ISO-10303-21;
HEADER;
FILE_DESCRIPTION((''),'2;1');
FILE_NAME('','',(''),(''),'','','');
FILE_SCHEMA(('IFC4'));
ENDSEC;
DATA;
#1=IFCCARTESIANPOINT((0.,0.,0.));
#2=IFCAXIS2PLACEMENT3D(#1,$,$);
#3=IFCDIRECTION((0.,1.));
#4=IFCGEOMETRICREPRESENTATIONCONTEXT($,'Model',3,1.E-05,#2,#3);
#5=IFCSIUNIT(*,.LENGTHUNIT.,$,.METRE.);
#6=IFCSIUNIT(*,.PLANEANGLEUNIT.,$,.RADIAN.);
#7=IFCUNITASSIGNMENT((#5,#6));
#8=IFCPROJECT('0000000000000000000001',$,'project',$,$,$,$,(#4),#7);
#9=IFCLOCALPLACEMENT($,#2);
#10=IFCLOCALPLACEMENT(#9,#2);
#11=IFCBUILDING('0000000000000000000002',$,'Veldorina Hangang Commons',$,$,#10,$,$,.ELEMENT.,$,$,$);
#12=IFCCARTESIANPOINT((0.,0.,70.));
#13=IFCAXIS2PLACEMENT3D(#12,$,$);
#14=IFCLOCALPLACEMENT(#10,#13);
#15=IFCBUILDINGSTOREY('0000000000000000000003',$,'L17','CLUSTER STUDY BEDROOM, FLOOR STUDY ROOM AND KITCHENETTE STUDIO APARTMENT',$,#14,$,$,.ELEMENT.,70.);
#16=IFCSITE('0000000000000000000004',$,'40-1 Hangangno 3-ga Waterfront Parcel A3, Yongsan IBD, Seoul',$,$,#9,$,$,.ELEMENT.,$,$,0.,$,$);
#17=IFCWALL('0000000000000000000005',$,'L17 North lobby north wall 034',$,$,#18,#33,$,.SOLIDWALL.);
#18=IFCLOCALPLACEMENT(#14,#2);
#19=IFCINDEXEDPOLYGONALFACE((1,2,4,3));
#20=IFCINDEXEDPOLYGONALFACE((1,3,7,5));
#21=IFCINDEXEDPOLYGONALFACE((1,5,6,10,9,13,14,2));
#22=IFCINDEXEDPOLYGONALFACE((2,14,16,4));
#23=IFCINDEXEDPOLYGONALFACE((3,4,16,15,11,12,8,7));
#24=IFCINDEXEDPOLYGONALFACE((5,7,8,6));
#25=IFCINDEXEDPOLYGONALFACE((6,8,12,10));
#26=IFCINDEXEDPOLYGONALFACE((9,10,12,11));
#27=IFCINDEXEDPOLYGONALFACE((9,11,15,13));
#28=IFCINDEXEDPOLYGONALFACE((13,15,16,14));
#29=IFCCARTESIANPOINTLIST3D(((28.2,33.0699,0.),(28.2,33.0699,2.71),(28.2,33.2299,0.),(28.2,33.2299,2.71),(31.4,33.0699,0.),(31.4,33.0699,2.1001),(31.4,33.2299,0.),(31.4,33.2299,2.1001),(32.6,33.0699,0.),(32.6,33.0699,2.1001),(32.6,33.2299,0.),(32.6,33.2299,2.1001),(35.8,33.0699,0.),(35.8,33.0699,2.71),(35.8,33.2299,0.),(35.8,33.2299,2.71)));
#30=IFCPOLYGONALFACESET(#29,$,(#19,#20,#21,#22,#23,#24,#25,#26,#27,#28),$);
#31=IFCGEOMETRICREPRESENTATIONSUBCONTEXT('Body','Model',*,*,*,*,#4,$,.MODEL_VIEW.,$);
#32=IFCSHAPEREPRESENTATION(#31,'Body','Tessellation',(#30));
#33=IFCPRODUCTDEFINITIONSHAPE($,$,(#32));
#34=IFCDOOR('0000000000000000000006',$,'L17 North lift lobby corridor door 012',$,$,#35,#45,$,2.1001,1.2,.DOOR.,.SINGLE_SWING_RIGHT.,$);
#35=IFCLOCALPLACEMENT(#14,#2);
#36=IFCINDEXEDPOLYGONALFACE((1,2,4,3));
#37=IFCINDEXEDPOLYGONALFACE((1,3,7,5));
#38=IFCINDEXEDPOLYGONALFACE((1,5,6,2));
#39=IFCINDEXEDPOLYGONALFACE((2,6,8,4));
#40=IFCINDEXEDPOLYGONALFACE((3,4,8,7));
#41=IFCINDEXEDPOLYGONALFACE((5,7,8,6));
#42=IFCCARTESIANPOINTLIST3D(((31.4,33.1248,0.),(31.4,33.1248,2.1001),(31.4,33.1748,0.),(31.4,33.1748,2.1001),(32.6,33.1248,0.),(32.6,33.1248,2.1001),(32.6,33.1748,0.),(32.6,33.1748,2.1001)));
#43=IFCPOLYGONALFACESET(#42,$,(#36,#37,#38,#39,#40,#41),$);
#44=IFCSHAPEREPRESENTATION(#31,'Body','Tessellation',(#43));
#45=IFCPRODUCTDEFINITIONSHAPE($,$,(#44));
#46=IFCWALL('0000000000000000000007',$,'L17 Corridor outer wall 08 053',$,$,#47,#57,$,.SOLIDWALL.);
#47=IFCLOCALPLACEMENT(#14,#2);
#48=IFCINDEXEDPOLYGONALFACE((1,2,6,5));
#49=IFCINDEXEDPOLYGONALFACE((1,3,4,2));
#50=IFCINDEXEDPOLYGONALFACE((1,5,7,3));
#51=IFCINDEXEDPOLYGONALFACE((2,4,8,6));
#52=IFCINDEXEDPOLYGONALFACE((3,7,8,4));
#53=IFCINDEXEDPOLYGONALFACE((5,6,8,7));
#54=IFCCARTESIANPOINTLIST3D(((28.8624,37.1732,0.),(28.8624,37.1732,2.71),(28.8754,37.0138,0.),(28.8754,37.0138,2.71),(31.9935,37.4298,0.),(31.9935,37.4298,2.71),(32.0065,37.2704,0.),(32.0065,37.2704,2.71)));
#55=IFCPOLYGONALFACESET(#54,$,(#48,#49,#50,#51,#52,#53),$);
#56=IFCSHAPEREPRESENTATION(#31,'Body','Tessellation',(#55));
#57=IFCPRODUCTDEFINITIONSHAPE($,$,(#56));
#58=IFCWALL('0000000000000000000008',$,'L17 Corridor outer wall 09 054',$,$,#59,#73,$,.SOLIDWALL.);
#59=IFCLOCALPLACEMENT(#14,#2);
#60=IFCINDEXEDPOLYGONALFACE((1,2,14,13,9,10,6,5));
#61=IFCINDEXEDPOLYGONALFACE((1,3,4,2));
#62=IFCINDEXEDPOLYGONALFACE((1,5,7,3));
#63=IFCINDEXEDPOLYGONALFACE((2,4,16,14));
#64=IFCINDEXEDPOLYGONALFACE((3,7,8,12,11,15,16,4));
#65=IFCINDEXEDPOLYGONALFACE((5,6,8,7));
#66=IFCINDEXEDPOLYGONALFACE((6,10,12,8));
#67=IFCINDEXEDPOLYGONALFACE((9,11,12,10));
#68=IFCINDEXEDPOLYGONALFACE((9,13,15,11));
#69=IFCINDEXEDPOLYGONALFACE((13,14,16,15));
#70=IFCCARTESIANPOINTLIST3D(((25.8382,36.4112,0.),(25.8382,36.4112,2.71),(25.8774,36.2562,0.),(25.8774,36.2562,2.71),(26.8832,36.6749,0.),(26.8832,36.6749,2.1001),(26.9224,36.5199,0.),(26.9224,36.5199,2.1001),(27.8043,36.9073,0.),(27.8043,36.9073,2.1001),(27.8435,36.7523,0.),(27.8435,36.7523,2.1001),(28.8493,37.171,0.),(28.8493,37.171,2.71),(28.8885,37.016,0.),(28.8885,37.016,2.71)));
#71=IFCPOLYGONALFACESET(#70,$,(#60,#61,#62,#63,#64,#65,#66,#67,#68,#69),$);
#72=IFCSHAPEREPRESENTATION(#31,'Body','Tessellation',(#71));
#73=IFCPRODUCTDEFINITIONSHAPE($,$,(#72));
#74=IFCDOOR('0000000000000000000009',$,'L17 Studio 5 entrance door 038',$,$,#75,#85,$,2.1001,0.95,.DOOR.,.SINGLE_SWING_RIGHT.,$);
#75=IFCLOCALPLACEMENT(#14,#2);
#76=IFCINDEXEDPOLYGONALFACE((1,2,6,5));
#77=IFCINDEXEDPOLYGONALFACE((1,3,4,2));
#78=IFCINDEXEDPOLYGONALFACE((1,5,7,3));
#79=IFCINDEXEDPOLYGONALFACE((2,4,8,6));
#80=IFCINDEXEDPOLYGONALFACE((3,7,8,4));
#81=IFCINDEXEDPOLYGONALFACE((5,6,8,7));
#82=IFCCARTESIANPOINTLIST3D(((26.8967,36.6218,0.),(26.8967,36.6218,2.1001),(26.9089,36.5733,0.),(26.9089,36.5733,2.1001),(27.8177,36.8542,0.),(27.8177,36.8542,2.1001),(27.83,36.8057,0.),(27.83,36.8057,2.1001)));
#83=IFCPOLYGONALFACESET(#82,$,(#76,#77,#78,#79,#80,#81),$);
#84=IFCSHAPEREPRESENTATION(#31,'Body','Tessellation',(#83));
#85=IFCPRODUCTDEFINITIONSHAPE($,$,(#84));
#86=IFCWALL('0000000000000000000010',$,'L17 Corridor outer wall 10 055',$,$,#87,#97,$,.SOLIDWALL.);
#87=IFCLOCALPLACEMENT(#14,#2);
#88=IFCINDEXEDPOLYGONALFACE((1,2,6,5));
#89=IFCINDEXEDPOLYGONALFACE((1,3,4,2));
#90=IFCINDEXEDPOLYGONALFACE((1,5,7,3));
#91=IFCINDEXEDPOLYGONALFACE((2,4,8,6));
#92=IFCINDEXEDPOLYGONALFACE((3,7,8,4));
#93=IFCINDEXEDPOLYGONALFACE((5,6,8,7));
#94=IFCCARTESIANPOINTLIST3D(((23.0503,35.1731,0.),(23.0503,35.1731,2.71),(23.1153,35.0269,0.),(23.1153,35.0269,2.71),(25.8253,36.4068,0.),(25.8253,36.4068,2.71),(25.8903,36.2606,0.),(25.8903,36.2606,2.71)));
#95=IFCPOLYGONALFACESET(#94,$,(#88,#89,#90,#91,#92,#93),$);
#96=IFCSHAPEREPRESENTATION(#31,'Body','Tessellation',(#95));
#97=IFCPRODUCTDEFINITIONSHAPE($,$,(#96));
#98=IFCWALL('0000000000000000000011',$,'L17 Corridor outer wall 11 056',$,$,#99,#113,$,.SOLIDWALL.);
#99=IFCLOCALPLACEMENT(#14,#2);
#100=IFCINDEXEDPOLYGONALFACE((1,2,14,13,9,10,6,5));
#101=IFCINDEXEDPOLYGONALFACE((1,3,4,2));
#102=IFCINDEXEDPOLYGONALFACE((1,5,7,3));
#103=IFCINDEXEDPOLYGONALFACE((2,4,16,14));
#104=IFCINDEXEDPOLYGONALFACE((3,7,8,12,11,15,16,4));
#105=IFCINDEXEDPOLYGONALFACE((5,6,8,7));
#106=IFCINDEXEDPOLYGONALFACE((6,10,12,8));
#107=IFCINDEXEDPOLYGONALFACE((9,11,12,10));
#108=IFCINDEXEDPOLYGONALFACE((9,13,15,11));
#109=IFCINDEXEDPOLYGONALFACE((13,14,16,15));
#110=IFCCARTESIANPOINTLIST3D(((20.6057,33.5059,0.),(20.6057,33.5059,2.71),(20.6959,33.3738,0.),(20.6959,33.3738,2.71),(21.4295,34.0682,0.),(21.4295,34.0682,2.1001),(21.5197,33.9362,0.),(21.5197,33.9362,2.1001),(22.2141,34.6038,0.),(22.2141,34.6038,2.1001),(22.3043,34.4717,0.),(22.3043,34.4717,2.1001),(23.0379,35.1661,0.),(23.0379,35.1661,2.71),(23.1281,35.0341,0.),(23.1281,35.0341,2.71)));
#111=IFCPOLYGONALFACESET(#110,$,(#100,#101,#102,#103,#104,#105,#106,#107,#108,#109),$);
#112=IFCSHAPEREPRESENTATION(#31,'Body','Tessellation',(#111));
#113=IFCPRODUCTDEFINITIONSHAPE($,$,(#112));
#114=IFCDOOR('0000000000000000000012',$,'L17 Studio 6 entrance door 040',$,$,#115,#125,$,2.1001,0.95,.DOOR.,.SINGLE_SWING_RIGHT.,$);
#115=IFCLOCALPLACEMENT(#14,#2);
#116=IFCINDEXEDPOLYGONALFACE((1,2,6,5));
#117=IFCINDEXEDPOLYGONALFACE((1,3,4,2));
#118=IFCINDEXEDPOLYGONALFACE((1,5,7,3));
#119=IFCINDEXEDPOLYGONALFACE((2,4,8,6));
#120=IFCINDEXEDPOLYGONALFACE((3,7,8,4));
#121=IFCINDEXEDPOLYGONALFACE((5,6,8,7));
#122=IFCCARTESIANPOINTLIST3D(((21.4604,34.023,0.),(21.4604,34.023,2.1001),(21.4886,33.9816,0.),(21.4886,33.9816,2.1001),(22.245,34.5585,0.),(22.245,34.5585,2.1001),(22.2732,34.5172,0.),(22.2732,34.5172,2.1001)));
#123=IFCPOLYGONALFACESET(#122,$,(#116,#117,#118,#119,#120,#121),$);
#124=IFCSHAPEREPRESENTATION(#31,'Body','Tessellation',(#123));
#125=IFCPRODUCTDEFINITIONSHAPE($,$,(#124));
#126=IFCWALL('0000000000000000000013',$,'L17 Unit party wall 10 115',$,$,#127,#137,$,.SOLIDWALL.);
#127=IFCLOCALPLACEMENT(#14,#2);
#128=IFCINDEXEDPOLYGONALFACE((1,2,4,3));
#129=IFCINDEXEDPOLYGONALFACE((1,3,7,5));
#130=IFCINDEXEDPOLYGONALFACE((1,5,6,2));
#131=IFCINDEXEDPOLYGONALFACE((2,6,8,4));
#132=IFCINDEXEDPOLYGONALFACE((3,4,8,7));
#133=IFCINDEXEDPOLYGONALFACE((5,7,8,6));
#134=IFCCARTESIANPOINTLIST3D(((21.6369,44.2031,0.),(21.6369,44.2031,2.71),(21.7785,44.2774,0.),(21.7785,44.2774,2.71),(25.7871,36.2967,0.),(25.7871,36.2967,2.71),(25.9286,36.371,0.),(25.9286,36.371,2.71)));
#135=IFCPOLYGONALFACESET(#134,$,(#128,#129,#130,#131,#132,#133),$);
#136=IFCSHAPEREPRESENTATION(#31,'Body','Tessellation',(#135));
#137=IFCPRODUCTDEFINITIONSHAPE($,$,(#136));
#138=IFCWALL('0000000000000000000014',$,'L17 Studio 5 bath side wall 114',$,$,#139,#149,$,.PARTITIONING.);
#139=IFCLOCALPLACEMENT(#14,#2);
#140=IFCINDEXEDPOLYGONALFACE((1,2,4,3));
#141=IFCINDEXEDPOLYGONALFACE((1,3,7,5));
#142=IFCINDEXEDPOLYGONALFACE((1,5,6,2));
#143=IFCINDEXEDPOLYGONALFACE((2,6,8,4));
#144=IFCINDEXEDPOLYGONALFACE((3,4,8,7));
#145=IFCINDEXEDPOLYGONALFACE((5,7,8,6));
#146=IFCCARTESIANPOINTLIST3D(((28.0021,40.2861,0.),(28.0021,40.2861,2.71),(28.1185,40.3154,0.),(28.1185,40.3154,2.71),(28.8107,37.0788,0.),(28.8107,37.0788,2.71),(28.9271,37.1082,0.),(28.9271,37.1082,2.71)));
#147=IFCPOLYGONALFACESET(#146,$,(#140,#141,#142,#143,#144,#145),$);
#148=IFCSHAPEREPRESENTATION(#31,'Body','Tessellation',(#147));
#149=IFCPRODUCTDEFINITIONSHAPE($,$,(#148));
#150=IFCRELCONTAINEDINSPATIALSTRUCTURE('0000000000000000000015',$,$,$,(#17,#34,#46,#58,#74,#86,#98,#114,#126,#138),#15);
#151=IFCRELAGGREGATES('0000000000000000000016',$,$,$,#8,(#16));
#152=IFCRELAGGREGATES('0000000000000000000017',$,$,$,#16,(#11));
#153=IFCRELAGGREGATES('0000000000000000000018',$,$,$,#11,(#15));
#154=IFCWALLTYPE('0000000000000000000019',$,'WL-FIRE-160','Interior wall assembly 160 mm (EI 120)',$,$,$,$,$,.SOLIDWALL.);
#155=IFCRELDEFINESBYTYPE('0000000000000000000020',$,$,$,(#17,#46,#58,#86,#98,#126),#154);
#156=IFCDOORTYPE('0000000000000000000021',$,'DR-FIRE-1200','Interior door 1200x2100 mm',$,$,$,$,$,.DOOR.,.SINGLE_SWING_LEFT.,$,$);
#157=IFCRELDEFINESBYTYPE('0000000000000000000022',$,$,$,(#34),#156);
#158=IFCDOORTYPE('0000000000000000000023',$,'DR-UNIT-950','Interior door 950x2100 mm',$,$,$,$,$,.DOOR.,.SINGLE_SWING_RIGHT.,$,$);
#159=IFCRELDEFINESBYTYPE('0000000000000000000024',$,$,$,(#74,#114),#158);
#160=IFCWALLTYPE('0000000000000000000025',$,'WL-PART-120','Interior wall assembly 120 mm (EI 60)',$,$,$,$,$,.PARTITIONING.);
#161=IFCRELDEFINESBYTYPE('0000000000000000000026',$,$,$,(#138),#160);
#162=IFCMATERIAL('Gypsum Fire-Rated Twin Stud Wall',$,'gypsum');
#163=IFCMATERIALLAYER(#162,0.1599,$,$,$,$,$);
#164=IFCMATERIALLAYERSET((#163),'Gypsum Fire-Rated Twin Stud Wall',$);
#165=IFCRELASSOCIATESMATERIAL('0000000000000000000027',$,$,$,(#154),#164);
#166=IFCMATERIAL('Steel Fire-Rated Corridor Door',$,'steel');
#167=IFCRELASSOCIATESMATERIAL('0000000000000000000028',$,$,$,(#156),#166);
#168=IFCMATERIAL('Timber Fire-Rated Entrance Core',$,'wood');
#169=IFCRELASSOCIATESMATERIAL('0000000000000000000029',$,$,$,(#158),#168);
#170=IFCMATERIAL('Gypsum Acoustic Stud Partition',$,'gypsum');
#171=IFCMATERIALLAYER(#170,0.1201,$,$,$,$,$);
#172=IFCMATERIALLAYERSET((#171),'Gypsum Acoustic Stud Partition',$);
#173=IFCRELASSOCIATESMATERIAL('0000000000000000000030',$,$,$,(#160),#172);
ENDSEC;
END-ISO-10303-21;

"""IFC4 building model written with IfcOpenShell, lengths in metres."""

from ifc_helpers import new_model, si_unit, direction, frame, frame_2d, origin, place, context, subcontext, project, spatial, rectangle, extrude, material, layer, layer_set, type_object, element, fill, save


model = new_model("IFC4")

# Units and contexts
model_context = context("Model", 3, precision=1e-05, world=origin(), true_north=direction((0.0, 1.0)))
body_context = subcontext(model_context, "Body", "Model", "MODEL_VIEW")
ifc_project = project(units=[si_unit("LENGTHUNIT", "METRE"), si_unit("PLANEANGLEUNIT", "RADIAN")], contexts=[model_context])

# Site, building, storey
site_placement = place(None, origin())
site = spatial("IfcSite", under=ifc_project, at=site_placement, Name="40-1 Hangangno 3-ga Waterfront Parcel A3, Yongsan IBD, Seoul", CompositionType="ELEMENT", RefElevation=0.0)
building_placement = place(site_placement, origin())
building = spatial("IfcBuilding", under=site, at=building_placement, Name="Veldorina Hangang Commons", CompositionType="ELEMENT")
storey_placement = place(building_placement, frame((0.0, 0.0, 70.0)))
storey = spatial("IfcBuildingStorey", under=building, at=storey_placement, Name="L17", Description="CLUSTER STUDY BEDROOM, FLOOR STUDY ROOM AND KITCHENETTE STUDIO APARTMENT", CompositionType="ELEMENT", Elevation=70.0)

# Wall, opening, door
ifc_material_1 = material(Name="Gypsum Fire-Rated Twin Stud Wall", Category="gypsum")
ifc_layer_1 = layer(ifc_material_1, 0.1599)
ifc_layer_set_1 = layer_set([ifc_layer_1], Name="Gypsum Fire-Rated Twin Stud Wall")
wall_type_1 = type_object("IfcWallType", Name="WL-FIRE-160", Description="Interior wall assembly 160 mm (EI 120)", PredefinedType="SOLIDWALL", material=ifc_layer_set_1)
wall_1_placement = place(storey_placement, frame((28.2, 33.1499, 0.0), z_axis=(0.0, 0.0, 1.0), x_axis=(1.0, 0.0, 0.0)))
wall_1 = element("IfcWall", 1, at=wall_1_placement, inside=storey, type_object=wall_type_1, Name="L17 North lobby north wall 034", PredefinedType="SOLIDWALL", context=body_context, shape_type="SweptSolid", body=[
    extrude(rectangle(XDim=7.6001, YDim=0.1599, at=frame_2d((3.8, 0.0))), origin(), (0.0, 0.0, 1.0), 2.71),
])
opening_1_placement = place(wall_1_placement, frame((3.2, 0.0, 0.0)))
opening_1 = element("IfcOpeningElement", 2, at=opening_1_placement, cuts=wall_1, PredefinedType="OPENING", context=body_context, shape_type="SweptSolid", body=[
    extrude(rectangle(XDim=1.2, YDim=2.1001, at=frame_2d((0.6001, 1.05))), frame((0.0, 0.0898, 0.0), z_axis=(0.0, -1.0, 0.0), x_axis=(1.0, 0.0, 0.0)), (0.0, 0.0, 1.0), 0.1799),
])
ifc_material_2 = material(Name="Steel Fire-Rated Corridor Door", Category="steel")
door_type_1 = type_object("IfcDoorType", Name="DR-FIRE-1200", Description="Interior door 1200x2100 mm", OperationType="SINGLE_SWING_LEFT", PredefinedType="DOOR", material=ifc_material_2)
door_1_placement = place(opening_1_placement, origin())
door_1 = element("IfcDoor", 3, at=door_1_placement, inside=storey, type_object=door_type_1, Name="L17 North lift lobby corridor door 012", OperationType="SINGLE_SWING_RIGHT", OverallHeight=2.1001, OverallWidth=1.2, PredefinedType="DOOR", context=body_context, shape_type="SweptSolid", body=[
    extrude(rectangle(XDim=1.2, YDim=2.1001, at=frame_2d((0.6001, 1.05))), frame((0.0, 0.0249, 0.0), z_axis=(0.0, -1.0, 0.0), x_axis=(1.0, 0.0, 0.0)), (0.0, 0.0, 1.0), 0.05),
])
fill(opening_1, door_1)

# Wall
wall_2_placement = place(storey_placement, frame((32.0, 37.3501, 0.0), z_axis=(0.0, 0.0, 1.0), x_axis=(-0.996659, -0.081676, 0.0)))
element("IfcWall", 4, at=wall_2_placement, inside=storey, type_object=wall_type_1, Name="L17 Corridor outer wall 08 053", PredefinedType="SOLIDWALL", context=body_context, shape_type="SweptSolid", body=[
    extrude(rectangle(XDim=3.1416, YDim=0.1599, at=frame_2d((1.5708, 0.0))), origin(), (0.0, 0.0, 1.0), 2.71),
])

# Wall, opening, door
wall_3_placement = place(storey_placement, frame((28.8689, 37.0935, 0.0), z_axis=(0.0, 0.0, 1.0), x_axis=(-0.969608, -0.244662, 0.0)))
wall_3 = element("IfcWall", 5, at=wall_3_placement, inside=storey, type_object=wall_type_1, Name="L17 Corridor outer wall 09 054", PredefinedType="SOLIDWALL", context=body_context, shape_type="SweptSolid", body=[
    extrude(rectangle(XDim=3.1055, YDim=0.1599, at=frame_2d((1.5527, 0.0))), origin(), (0.0, 0.0, 1.0), 2.71),
])
opening_2_placement = place(wall_3_placement, frame((1.0776, 0.0, 0.0)))
opening_2 = element("IfcOpeningElement", 6, at=opening_2_placement, cuts=wall_3, PredefinedType="OPENING", context=body_context, shape_type="SweptSolid", body=[
    extrude(rectangle(XDim=0.95, YDim=2.1001, at=frame_2d((0.4751, 1.05))), frame((0.0, 0.0898, 0.0), z_axis=(0.0, -1.0, 0.0), x_axis=(1.0, 0.0, 0.0)), (0.0, 0.0, 1.0), 0.1799),
])
ifc_material_3 = material(Name="Timber Fire-Rated Entrance Core", Category="wood")
door_type_2 = type_object("IfcDoorType", Name="DR-UNIT-950", Description="Interior door 950x2100 mm", OperationType="SINGLE_SWING_RIGHT", PredefinedType="DOOR", material=ifc_material_3)
door_2_placement = place(opening_2_placement, origin())
door_2 = element("IfcDoor", 7, at=door_2_placement, inside=storey, type_object=door_type_2, Name="L17 Studio 5 entrance door 038", OperationType="SINGLE_SWING_RIGHT", OverallHeight=2.1001, OverallWidth=0.95, PredefinedType="DOOR", context=body_context, shape_type="SweptSolid", body=[
    extrude(rectangle(XDim=0.95, YDim=2.1001, at=frame_2d((0.4751, 1.05))), frame((0.0, 0.0249, 0.0), z_axis=(0.0, -1.0, 0.0), x_axis=(1.0, 0.0, 0.0)), (0.0, 0.0, 1.0), 0.05),
])
fill(opening_2, door_2)

# Wall
wall_4_placement = place(storey_placement, frame((25.8579, 36.3337, 0.0), z_axis=(0.0, 0.0, 1.0), x_axis=(-0.913768, -0.406235, 0.0)))
element("IfcWall", 8, at=wall_4_placement, inside=storey, type_object=wall_type_1, Name="L17 Corridor outer wall 10 055", PredefinedType="SOLIDWALL", context=body_context, shape_type="SweptSolid", body=[
    extrude(rectangle(XDim=3.0369, YDim=0.1599, at=frame_2d((1.5186, 0.0))), origin(), (0.0, 0.0, 1.0), 2.71),
])

# Wall, opening, door
wall_5_placement = place(storey_placement, frame((23.083, 35.1001, 0.0), z_axis=(0.0, 0.0, 1.0), x_axis=(-0.825929, -0.563774, 0.0)))
wall_5 = element("IfcWall", 9, at=wall_5_placement, inside=storey, type_object=wall_type_1, Name="L17 Corridor outer wall 11 056", PredefinedType="SOLIDWALL", context=body_context, shape_type="SweptSolid", body=[
    extrude(rectangle(XDim=2.9448, YDim=0.1599, at=frame_2d((1.4724, 0.0))), origin(), (0.0, 0.0, 1.0), 2.71),
])
opening_3_placement = place(wall_5_placement, frame((0.9973, 0.0, 0.0)))
opening_3 = element("IfcOpeningElement", 10, at=opening_3_placement, cuts=wall_5, PredefinedType="OPENING", context=body_context, shape_type="SweptSolid", body=[
    extrude(rectangle(XDim=0.95, YDim=2.1001, at=frame_2d((0.4751, 1.05))), frame((0.0, 0.0898, 0.0), z_axis=(0.0, -1.0, 0.0), x_axis=(1.0, 0.0, 0.0)), (0.0, 0.0, 1.0), 0.1799),
])
door_3_placement = place(opening_3_placement, origin())
door_3 = element("IfcDoor", 11, at=door_3_placement, inside=storey, type_object=door_type_2, Name="L17 Studio 6 entrance door 040", OperationType="SINGLE_SWING_RIGHT", OverallHeight=2.1001, OverallWidth=0.95, PredefinedType="DOOR", context=body_context, shape_type="SweptSolid", body=[
    extrude(rectangle(XDim=0.95, YDim=2.1001, at=frame_2d((0.4751, 1.05))), frame((0.0, 0.0249, 0.0), z_axis=(0.0, -1.0, 0.0), x_axis=(1.0, 0.0, 0.0)), (0.0, 0.0, 1.0), 0.05),
])
fill(opening_3, door_3)

# Walls
wall_6_placement = place(storey_placement, frame((25.8579, 36.3337, 0.0), z_axis=(0.0, 0.0, 1.0), x_axis=(-0.464767, 0.885433, 0.0)))
element("IfcWall", 12, at=wall_6_placement, inside=storey, type_object=wall_type_1, Name="L17 Unit party wall 10 115", PredefinedType="SOLIDWALL", context=body_context, shape_type="SweptSolid", body=[
    extrude(rectangle(XDim=8.9294, YDim=0.1599, at=frame_2d((4.4648, 0.0))), origin(), (0.0, 0.0, 1.0), 2.71),
])
ifc_material_4 = material(Name="Gypsum Acoustic Stud Partition", Category="gypsum")
ifc_layer_2 = layer(ifc_material_4, 0.1201)
ifc_layer_set_2 = layer_set([ifc_layer_2], Name="Gypsum Acoustic Stud Partition")
wall_type_2 = type_object("IfcWallType", Name="WL-PART-120", Description="Interior wall assembly 120 mm (EI 60)", PredefinedType="PARTITIONING", material=ifc_layer_set_2)
wall_7_placement = place(storey_placement, frame((28.8689, 37.0935, 0.0), z_axis=(0.0, 0.0, 1.0), x_axis=(-0.244463, 0.969659, 0.0)))
element("IfcWall", 13, at=wall_7_placement, inside=storey, type_object=wall_type_2, Name="L17 Studio 5 bath side wall 114", PredefinedType="PARTITIONING", context=body_context, shape_type="SweptSolid", body=[
    extrude(rectangle(XDim=3.3076, YDim=0.1201, at=frame_2d((1.6538, 0.0))), origin(), (0.0, 0.0, 1.0), 2.71),
])

save(model, "model.ifc")
